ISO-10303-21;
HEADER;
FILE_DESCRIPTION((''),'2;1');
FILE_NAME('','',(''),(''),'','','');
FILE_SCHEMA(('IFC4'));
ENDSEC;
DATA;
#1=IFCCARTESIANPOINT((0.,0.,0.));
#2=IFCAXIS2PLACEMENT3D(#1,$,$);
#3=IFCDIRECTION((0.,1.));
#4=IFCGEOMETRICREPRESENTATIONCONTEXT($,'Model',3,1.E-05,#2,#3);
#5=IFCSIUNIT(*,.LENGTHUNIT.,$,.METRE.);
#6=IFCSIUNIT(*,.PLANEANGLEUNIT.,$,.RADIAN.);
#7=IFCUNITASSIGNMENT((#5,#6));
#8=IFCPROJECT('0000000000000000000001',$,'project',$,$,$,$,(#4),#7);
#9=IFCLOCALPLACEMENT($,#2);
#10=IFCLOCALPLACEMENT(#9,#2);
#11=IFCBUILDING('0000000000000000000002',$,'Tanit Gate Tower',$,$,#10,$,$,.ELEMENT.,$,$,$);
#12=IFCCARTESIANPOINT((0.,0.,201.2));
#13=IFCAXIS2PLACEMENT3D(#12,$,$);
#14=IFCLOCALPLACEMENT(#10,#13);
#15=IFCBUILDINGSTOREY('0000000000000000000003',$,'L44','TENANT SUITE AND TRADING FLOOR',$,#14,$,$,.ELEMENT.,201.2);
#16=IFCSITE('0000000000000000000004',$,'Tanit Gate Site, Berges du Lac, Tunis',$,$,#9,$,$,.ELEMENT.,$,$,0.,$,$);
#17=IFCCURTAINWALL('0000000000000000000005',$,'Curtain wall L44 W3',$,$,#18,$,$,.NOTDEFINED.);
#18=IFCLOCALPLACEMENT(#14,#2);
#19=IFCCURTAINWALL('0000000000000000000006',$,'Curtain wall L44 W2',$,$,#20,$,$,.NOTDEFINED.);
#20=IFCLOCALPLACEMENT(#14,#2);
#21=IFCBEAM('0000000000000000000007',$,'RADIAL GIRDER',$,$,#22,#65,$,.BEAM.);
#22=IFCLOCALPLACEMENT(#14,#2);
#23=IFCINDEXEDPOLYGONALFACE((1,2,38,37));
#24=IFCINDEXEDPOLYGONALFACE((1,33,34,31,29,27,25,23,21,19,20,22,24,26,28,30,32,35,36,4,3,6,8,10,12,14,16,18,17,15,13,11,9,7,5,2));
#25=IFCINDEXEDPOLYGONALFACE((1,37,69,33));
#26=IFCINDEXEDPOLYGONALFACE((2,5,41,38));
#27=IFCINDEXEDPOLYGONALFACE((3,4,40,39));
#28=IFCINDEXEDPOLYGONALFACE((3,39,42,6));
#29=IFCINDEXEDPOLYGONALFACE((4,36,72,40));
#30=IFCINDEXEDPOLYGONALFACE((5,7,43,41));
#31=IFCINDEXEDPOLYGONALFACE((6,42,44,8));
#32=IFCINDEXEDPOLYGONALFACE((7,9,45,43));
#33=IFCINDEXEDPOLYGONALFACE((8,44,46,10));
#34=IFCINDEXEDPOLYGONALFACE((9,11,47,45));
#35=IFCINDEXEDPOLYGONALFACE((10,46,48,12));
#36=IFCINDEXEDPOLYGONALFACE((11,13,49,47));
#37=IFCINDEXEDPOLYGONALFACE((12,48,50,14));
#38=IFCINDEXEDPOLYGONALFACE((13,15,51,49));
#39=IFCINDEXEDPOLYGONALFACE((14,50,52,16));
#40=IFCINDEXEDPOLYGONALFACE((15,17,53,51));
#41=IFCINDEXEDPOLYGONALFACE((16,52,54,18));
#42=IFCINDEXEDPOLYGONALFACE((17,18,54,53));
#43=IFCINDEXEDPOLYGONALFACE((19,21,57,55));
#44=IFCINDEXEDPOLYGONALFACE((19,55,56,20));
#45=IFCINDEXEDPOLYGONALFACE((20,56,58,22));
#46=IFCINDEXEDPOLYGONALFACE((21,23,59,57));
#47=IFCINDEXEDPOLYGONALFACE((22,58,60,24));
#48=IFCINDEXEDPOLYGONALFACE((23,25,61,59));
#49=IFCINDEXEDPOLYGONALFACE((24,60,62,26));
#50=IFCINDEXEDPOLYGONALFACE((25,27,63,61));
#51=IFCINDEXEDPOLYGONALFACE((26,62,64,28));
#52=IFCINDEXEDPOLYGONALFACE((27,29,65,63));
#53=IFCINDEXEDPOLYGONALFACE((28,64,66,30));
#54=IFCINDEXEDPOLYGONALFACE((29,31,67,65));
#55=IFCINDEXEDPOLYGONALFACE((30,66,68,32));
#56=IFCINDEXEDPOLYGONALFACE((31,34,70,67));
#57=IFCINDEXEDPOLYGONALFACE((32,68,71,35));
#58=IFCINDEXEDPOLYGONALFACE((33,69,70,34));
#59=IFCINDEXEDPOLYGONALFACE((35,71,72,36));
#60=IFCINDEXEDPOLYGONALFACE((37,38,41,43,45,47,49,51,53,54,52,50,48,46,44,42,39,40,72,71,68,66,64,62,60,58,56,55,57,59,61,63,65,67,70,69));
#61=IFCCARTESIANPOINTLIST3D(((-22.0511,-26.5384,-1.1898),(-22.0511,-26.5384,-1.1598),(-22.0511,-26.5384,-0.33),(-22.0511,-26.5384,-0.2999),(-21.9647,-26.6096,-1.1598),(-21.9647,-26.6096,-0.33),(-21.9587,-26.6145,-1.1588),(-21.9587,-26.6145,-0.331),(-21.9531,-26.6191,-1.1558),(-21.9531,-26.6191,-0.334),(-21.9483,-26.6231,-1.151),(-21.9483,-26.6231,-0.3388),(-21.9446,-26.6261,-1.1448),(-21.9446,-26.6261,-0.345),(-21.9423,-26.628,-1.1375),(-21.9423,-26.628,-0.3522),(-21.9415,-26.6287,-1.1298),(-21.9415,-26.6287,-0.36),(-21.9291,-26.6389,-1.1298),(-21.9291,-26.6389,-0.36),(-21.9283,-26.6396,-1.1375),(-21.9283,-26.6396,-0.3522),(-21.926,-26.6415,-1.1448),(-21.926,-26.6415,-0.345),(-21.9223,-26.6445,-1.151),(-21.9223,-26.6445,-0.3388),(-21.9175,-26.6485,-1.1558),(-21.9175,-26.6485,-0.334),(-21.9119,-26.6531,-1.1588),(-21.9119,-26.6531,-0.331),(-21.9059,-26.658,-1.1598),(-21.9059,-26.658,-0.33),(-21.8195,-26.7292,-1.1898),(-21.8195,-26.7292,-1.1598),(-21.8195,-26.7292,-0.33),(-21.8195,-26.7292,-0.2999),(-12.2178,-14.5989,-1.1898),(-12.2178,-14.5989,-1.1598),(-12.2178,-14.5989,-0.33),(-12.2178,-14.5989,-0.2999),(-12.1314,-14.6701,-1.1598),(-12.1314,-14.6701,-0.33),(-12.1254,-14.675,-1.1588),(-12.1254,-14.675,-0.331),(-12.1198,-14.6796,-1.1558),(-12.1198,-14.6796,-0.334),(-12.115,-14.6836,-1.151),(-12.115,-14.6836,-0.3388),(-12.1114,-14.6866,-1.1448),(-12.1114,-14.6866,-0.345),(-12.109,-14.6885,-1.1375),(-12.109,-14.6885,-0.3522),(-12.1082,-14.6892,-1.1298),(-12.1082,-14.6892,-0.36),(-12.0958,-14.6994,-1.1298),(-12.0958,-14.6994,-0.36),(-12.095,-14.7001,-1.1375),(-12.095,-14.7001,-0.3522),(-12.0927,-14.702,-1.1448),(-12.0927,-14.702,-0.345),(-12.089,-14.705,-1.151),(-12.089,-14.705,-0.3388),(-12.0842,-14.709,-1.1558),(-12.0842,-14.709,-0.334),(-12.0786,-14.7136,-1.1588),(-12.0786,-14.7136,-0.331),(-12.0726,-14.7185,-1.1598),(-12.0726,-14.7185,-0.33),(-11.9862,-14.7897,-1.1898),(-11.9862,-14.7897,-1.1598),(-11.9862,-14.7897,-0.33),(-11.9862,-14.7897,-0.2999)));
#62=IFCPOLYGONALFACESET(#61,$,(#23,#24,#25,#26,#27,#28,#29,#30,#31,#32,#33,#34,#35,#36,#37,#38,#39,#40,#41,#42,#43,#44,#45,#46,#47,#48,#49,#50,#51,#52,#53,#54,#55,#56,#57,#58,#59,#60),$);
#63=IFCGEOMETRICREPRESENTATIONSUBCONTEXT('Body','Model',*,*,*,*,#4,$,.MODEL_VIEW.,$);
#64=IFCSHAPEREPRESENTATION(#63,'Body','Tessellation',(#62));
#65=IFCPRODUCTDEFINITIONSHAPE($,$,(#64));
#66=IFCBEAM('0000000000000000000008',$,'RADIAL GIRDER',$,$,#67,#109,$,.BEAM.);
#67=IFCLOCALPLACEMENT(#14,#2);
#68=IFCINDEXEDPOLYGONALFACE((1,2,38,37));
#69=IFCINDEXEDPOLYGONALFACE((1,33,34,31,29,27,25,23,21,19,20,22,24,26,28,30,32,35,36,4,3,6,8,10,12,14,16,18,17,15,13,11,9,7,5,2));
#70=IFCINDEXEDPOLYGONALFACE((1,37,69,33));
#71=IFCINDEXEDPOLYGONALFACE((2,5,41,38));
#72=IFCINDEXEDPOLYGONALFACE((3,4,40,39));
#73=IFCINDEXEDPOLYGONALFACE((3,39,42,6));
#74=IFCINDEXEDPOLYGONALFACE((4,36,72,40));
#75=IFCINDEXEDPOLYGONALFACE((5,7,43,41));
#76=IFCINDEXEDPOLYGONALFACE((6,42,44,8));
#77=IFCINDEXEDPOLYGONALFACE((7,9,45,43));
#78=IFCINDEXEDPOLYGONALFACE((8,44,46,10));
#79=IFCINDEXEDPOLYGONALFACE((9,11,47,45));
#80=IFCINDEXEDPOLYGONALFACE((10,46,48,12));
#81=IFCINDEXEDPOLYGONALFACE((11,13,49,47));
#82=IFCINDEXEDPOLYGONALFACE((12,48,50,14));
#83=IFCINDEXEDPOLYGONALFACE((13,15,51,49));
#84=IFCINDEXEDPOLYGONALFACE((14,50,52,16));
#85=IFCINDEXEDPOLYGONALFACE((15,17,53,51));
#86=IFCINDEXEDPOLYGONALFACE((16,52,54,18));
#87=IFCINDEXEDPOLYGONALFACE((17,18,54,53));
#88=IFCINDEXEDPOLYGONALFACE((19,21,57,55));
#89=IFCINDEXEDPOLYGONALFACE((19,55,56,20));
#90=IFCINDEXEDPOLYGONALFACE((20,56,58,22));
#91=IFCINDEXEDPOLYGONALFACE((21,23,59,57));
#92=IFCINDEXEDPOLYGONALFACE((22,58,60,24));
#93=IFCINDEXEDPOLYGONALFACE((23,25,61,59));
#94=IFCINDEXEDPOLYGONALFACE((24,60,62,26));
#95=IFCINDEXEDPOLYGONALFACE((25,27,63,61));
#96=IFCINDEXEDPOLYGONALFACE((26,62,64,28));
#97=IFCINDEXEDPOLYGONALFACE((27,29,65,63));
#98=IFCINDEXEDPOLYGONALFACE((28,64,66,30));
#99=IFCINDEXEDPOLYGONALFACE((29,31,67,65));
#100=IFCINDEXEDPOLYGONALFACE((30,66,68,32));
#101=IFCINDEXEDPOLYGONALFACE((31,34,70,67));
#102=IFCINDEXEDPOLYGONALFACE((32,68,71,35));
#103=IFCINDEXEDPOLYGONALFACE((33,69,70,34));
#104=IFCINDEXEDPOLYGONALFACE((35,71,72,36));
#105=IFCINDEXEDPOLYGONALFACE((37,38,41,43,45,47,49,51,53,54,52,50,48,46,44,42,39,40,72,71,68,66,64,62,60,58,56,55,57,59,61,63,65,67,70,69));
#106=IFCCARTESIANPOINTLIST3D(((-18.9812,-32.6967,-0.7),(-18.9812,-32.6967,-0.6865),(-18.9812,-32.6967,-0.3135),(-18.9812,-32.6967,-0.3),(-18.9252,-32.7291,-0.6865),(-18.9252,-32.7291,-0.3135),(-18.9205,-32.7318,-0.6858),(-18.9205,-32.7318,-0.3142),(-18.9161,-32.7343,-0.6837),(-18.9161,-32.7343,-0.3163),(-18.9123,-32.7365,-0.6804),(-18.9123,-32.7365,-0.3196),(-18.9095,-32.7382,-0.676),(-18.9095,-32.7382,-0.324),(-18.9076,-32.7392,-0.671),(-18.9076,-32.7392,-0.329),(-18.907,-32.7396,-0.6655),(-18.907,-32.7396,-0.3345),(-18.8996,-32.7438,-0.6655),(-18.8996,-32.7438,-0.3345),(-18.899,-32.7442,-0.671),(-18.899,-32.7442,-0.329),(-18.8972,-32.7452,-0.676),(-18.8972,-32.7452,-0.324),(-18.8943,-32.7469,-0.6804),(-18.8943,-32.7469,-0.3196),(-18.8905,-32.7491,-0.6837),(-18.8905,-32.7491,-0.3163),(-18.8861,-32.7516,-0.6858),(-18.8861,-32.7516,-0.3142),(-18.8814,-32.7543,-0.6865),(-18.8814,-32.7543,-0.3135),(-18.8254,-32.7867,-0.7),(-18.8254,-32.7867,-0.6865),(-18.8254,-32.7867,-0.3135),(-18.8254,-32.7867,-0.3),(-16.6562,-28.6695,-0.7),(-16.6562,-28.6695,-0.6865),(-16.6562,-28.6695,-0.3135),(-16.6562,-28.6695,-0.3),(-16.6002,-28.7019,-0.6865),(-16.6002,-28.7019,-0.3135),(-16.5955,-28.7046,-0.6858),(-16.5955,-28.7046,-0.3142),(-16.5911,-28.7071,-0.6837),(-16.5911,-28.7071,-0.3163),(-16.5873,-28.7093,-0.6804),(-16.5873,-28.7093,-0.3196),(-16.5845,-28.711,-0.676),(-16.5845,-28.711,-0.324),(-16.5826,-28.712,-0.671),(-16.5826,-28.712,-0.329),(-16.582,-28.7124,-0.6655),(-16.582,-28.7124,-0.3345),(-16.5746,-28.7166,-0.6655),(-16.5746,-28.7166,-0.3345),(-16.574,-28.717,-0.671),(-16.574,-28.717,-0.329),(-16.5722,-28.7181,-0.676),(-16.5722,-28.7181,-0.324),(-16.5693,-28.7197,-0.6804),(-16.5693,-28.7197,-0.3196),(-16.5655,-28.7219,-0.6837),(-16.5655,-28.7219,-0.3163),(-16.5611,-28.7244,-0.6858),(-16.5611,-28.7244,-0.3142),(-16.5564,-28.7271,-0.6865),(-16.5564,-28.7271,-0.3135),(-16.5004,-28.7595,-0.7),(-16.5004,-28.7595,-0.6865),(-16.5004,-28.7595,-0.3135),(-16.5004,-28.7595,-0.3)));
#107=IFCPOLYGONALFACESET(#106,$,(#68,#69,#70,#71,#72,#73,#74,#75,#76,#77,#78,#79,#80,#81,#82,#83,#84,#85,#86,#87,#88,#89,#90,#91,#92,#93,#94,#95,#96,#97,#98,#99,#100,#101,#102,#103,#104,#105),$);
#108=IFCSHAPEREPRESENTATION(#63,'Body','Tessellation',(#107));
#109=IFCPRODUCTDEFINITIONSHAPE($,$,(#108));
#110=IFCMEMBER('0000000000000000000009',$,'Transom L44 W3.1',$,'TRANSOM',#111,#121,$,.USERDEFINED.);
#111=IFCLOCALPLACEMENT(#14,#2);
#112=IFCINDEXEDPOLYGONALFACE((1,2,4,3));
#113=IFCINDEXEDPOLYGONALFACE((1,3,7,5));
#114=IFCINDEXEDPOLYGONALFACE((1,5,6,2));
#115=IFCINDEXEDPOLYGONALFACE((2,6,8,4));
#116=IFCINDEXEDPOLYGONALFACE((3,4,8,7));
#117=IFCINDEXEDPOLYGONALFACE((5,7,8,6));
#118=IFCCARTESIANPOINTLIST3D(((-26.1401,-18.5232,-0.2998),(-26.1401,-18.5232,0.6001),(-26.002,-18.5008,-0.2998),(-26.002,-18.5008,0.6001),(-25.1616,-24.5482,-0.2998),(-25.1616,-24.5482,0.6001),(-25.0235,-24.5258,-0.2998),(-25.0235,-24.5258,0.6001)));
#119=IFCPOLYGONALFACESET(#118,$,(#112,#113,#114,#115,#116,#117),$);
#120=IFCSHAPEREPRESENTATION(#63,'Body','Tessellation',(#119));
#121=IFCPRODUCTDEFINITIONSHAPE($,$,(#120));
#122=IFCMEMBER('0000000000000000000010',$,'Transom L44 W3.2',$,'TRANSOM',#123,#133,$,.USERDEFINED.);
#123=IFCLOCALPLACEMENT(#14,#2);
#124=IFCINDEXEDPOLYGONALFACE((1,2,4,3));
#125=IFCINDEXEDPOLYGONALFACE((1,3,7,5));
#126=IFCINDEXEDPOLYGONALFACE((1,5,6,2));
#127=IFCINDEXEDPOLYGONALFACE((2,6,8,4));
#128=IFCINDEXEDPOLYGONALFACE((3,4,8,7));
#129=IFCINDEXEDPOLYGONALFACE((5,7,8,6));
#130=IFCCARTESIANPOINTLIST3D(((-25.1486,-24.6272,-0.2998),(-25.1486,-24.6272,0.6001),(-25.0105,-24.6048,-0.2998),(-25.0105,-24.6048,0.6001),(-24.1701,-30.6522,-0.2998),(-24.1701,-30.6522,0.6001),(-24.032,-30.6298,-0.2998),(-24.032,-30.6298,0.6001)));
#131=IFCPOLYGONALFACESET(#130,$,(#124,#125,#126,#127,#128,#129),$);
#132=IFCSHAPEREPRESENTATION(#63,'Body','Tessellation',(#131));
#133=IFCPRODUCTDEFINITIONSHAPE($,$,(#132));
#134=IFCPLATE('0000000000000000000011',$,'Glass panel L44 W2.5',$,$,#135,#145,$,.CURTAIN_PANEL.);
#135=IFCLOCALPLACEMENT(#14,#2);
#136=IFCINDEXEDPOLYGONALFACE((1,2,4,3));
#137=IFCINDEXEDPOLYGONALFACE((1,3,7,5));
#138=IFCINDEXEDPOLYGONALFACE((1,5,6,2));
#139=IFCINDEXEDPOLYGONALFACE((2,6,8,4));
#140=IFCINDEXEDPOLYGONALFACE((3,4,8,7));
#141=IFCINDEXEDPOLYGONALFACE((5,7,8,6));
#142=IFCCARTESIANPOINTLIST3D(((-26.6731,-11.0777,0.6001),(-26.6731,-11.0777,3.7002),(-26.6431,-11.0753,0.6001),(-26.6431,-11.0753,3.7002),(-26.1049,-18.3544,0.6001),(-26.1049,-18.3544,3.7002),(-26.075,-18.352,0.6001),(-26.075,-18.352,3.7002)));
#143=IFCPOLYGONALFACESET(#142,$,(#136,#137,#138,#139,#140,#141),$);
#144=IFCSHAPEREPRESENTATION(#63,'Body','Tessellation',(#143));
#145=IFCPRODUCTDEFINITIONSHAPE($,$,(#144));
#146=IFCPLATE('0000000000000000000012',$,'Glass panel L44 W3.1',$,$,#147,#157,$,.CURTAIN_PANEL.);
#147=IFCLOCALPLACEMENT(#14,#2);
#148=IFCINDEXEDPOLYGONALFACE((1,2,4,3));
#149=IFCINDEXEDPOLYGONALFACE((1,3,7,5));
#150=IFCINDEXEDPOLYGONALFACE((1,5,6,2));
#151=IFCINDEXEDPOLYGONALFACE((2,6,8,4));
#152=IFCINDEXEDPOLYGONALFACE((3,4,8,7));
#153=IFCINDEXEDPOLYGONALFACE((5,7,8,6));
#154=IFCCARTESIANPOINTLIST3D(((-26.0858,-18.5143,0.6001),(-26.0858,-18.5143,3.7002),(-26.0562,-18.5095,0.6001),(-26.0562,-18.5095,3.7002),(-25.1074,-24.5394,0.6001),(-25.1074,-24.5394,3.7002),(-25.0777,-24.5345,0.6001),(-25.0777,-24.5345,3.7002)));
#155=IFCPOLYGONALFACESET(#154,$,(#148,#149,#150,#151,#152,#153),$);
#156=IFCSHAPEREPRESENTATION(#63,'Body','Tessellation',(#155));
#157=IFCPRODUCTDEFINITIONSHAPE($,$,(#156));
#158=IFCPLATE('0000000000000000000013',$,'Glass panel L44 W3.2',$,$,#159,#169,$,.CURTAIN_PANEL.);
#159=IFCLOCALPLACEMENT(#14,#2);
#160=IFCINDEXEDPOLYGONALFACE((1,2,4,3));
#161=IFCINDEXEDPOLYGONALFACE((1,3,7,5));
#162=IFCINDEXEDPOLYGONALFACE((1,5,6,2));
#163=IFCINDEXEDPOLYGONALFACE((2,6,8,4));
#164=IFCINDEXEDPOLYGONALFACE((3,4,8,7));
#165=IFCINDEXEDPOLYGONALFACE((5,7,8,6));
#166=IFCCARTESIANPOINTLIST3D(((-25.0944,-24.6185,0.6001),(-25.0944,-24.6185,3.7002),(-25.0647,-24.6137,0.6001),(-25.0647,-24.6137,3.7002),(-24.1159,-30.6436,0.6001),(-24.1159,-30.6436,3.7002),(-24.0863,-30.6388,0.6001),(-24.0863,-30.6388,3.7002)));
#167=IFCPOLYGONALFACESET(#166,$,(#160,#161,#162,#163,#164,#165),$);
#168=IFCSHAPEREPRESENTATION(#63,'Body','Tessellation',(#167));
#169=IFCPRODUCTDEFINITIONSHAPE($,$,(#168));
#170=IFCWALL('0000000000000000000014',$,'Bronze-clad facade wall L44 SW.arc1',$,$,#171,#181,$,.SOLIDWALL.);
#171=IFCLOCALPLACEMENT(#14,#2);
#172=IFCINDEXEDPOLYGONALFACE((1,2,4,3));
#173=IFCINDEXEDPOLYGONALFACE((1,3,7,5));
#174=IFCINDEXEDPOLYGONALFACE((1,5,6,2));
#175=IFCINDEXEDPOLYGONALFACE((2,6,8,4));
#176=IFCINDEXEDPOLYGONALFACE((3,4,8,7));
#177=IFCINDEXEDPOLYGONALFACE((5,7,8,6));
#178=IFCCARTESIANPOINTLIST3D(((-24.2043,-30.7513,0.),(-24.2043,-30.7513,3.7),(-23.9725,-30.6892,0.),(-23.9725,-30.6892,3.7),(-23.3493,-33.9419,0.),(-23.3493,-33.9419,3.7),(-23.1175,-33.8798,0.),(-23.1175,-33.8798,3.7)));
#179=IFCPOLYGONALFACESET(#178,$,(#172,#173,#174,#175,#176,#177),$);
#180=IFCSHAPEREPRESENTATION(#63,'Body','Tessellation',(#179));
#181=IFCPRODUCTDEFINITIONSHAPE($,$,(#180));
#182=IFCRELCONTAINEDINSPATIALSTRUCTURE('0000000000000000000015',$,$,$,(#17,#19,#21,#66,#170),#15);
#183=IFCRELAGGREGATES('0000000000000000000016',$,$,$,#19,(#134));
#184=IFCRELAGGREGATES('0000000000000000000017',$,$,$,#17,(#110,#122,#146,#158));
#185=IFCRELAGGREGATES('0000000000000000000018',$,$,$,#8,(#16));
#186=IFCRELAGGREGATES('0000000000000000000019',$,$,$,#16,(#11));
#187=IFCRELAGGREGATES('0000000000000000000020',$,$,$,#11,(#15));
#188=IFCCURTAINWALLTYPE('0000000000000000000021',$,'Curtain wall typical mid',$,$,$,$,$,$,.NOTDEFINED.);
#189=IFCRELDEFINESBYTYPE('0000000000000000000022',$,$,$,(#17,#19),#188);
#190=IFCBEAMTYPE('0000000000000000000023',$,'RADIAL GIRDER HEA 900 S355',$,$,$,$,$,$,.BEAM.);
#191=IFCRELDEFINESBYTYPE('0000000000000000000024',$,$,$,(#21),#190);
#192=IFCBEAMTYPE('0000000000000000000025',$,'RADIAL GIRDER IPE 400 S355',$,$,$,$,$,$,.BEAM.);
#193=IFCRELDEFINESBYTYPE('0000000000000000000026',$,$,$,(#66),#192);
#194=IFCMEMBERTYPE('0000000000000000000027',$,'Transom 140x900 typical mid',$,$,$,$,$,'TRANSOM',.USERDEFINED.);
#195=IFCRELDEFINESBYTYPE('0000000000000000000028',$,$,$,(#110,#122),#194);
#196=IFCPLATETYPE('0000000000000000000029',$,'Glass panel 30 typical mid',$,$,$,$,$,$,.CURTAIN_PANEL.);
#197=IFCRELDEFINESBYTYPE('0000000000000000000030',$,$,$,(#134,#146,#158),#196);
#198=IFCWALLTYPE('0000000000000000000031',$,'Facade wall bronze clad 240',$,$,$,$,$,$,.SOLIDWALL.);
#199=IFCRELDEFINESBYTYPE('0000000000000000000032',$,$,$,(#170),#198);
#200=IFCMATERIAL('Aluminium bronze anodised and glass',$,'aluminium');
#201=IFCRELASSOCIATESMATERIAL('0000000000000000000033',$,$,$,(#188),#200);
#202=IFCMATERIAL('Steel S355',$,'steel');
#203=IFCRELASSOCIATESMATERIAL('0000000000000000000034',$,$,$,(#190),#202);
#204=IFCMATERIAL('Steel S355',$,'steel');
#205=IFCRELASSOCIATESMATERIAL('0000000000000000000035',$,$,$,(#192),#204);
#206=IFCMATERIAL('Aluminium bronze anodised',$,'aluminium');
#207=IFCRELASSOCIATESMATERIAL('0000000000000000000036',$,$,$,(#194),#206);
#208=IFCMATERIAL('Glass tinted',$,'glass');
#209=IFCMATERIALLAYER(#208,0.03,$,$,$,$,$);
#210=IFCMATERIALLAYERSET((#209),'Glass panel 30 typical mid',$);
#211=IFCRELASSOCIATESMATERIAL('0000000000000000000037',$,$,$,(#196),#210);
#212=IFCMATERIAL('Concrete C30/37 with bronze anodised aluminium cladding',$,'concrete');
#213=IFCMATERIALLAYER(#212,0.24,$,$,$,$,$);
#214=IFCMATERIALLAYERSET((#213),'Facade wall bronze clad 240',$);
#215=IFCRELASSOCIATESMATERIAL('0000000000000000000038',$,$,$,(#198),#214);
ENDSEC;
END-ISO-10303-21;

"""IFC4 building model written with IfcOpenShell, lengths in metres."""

from ifc_helpers import new_model, si_unit, direction, frame, frame_2d, origin, origin_2d, place, context, subcontext, project, spatial, rectangle, i_section, extrude, material, layer, layer_set, material_profile, profile_set, type_object, element, aggregate, save


model = new_model("IFC4")

# Units and contexts
model_context = context("Model", 3, precision=1e-05, world=origin(), true_north=direction((0.0, 1.0)))
body_context = subcontext(model_context, "Body", "Model", "MODEL_VIEW")
ifc_project = project(units=[si_unit("LENGTHUNIT", "METRE"), si_unit("PLANEANGLEUNIT", "RADIAN")], contexts=[model_context])

# Site, building, storey
site_placement = place(None, origin())
site = spatial("IfcSite", under=ifc_project, at=site_placement, Name="Tanit Gate Site, Berges du Lac, Tunis", CompositionType="ELEMENT", RefElevation=0.0)
building_placement = place(site_placement, origin())
building = spatial("IfcBuilding", under=site, at=building_placement, Name="Tanit Gate Tower", CompositionType="ELEMENT")
storey_placement = place(building_placement, frame((0.0, 0.0, 201.2)))
storey = spatial("IfcBuildingStorey", under=building, at=storey_placement, Name="L44", Description="TENANT SUITE AND TRADING FLOOR", CompositionType="ELEMENT", Elevation=201.2)

# Curtain wall
ifc_material_1 = material(Name="Aluminium bronze anodised and glass", Category="aluminium")
curtain_wall_type = type_object("IfcCurtainWallType", Name="Curtain wall typical mid", PredefinedType="NOTDEFINED", material=ifc_material_1)
curtain_wall_1_placement = place(storey_placement, origin())
curtain_wall_1 = element("IfcCurtainWall", 1, at=curtain_wall_1_placement, inside=storey, type_object=curtain_wall_type, Name="Curtain wall L44 W3", PredefinedType="NOTDEFINED")

# Curtain wall
curtain_wall_2_placement = place(storey_placement, origin())
curtain_wall_2 = element("IfcCurtainWall", 2, at=curtain_wall_2_placement, inside=storey, type_object=curtain_wall_type, Name="Curtain wall L44 W2", PredefinedType="NOTDEFINED")

# Beams
ifc_material_2 = material(Name="Steel S355", Category="steel")
ifc_material_profile_1 = material_profile(ifc_material_2, i_section(OverallWidth=0.3, OverallDepth=0.8899, WebThickness=0.0161, FlangeThickness=0.03, FilletRadius=0.03, at=origin_2d()), Name="HEA 900")
ifc_profile_set_1 = profile_set([ifc_material_profile_1], Name="Steel S355")
beam_type_1 = type_object("IfcBeamType", Name="RADIAL GIRDER HEA 900 S355", PredefinedType="BEAM", material=ifc_profile_set_1)
beam_1_placement = place(storey_placement, frame((-21.9353, -26.6338, -0.7449), z_axis=(0.635737, 0.771906, 0.0), x_axis=(-0.771906, 0.635737, 0.0)))
element("IfcBeam", 3, at=beam_1_placement, inside=storey, type_object=beam_type_1, Name="RADIAL GIRDER", PredefinedType="BEAM", context=body_context, shape_type="SweptSolid", body=[
    extrude(i_section(OverallWidth=0.3, OverallDepth=0.8899, WebThickness=0.0161, FlangeThickness=0.03, FilletRadius=0.03, at=origin_2d()), origin(), (0.0, 0.0, 1.0), 15.4675),
])
ifc_material_3 = material(Name="Steel S355", Category="steel")
ifc_material_profile_2 = material_profile(ifc_material_3, i_section(OverallWidth=0.1799, OverallDepth=0.3999, WebThickness=0.0085, FlangeThickness=0.0134, FilletRadius=0.021, at=origin_2d()), Name="IPE 400")
ifc_profile_set_2 = profile_set([ifc_material_profile_2], Name="Steel S355")
beam_type_2 = type_object("IfcBeamType", Name="RADIAL GIRDER IPE 400 S355", PredefinedType="BEAM", material=ifc_profile_set_2)
beam_2_placement = place(storey_placement, frame((-18.9033, -32.7417, -0.5), z_axis=(0.499985, 0.866034, 0.0), x_axis=(-0.866034, 0.499985, 0.0)))
element("IfcBeam", 4, at=beam_2_placement, inside=storey, type_object=beam_type_2, Name="RADIAL GIRDER", PredefinedType="BEAM", context=body_context, shape_type="SweptSolid", body=[
    extrude(i_section(OverallWidth=0.1799, OverallDepth=0.3999, WebThickness=0.0085, FlangeThickness=0.0134, FilletRadius=0.021, at=origin_2d()), origin(), (0.0, 0.0, 1.0), 4.6501),
])

# Members
ifc_material_4 = material(Name="Aluminium bronze anodised", Category="aluminium")
ifc_material_profile_3 = material_profile(ifc_material_4, rectangle(XDim=0.1399, YDim=0.8999, at=origin_2d()), Name="140x900 bronze transom")
ifc_profile_set_3 = profile_set([ifc_material_profile_3], Name="Aluminium bronze anodised")
member_type_1 = type_object("IfcMemberType", Name="Transom 140x900 typical mid", ElementType="TRANSOM", PredefinedType="USERDEFINED", material=ifc_profile_set_3)
member_1_placement = place(storey_placement, frame((-26.071, -18.512, 0.1501), z_axis=(0.160305, -0.987068, 0.0), x_axis=(0.987068, 0.160305, 0.0)))
member_1 = element("IfcMember", 5, at=member_1_placement, type_object=member_type_1, Name="Transom L44 W3.1", ObjectType="TRANSOM", PredefinedType="USERDEFINED", context=body_context, shape_type="SweptSolid", body=[
    extrude(rectangle(XDim=0.1399, YDim=0.8999, at=origin_2d()), origin(), (0.0, 0.0, 1.0), 6.104),
])
member_2_placement = place(storey_placement, frame((-25.0796, -24.616, 0.1501), z_axis=(0.160305, -0.987068, 0.0), x_axis=(0.987068, 0.160305, 0.0)))
member_2 = element("IfcMember", 6, at=member_2_placement, type_object=member_type_1, Name="Transom L44 W3.2", ObjectType="TRANSOM", PredefinedType="USERDEFINED", context=body_context, shape_type="SweptSolid", body=[
    extrude(rectangle(XDim=0.1399, YDim=0.8999, at=origin_2d()), origin(), (0.0, 0.0, 1.0), 6.104),
])

# Plates
ifc_material_5 = material(Name="Glass tinted", Category="glass")
ifc_layer_1 = layer(ifc_material_5, 0.03)
ifc_layer_set_1 = layer_set([ifc_layer_1], Name="Glass panel 30 typical mid")
plate_type = type_object("IfcPlateType", Name="Glass panel 30 typical mid", PredefinedType="CURTAIN_PANEL", material=ifc_layer_set_1)
plate_1_placement = place(storey_placement, frame((-26.374, -14.7148, 0.6001), z_axis=(0.0, 0.0, 1.0), x_axis=(0.077839, -0.996966, 0.0)))
plate_1 = element("IfcPlate", 7, at=plate_1_placement, type_object=plate_type, Name="Glass panel L44 W2.5", PredefinedType="CURTAIN_PANEL", context=body_context, shape_type="SweptSolid", body=[
    extrude(rectangle(XDim=7.2988, YDim=0.03, at=origin_2d()), origin(), (0.0, 0.0, 1.0), 3.1001),
])
aggregate(curtain_wall_2, [plate_1])
plate_2_placement = place(storey_placement, frame((-25.5818, -21.5244, 0.6001), z_axis=(0.0, 0.0, 1.0), x_axis=(0.1603, -0.987068, 0.0)))
plate_2 = element("IfcPlate", 8, at=plate_2_placement, type_object=plate_type, Name="Glass panel L44 W3.1", PredefinedType="CURTAIN_PANEL", context=body_context, shape_type="SweptSolid", body=[
    extrude(rectangle(XDim=6.104, YDim=0.03, at=origin_2d()), origin(), (0.0, 0.0, 1.0), 3.1001),
])
plate_3_placement = place(storey_placement, frame((-24.5903, -27.6287, 0.6001), z_axis=(0.0, 0.0, 1.0), x_axis=(0.1603, -0.987068, 0.0)))
plate_3 = element("IfcPlate", 9, at=plate_3_placement, type_object=plate_type, Name="Glass panel L44 W3.2", PredefinedType="CURTAIN_PANEL", context=body_context, shape_type="SweptSolid", body=[
    extrude(rectangle(XDim=6.104, YDim=0.03, at=origin_2d()), origin(), (0.0, 0.0, 1.0), 3.1001),
])
aggregate(curtain_wall_1, [member_1, member_2, plate_2, plate_3])

# Wall
ifc_material_6 = material(Name="Concrete C30/37 with bronze anodised aluminium cladding", Category="concrete")
ifc_layer_2 = layer(ifc_material_6, 0.24)
ifc_layer_set_2 = layer_set([ifc_layer_2], Name="Facade wall bronze clad 240")
wall_type_1 = type_object("IfcWallType", Name="Facade wall bronze clad 240", PredefinedType="SOLIDWALL", material=ifc_layer_set_2)
wall_1_placement = place(storey_placement, frame((-24.0884, -30.7202, 0.0), z_axis=(0.0, 0.0, 1.0), x_axis=(0.258831, -0.965923, 0.0)))
element("IfcWall", 10, at=wall_1_placement, inside=storey, type_object=wall_type_1, Name="Bronze-clad facade wall L44 SW.arc1", PredefinedType="SOLIDWALL", context=body_context, shape_type="SweptSolid", body=[
    extrude(rectangle(XDim=3.3032, YDim=0.24, at=frame_2d((1.6516, 0.0))), origin(), (0.0, 0.0, 1.0), 3.7),
])

save(model, "model.ifc")
